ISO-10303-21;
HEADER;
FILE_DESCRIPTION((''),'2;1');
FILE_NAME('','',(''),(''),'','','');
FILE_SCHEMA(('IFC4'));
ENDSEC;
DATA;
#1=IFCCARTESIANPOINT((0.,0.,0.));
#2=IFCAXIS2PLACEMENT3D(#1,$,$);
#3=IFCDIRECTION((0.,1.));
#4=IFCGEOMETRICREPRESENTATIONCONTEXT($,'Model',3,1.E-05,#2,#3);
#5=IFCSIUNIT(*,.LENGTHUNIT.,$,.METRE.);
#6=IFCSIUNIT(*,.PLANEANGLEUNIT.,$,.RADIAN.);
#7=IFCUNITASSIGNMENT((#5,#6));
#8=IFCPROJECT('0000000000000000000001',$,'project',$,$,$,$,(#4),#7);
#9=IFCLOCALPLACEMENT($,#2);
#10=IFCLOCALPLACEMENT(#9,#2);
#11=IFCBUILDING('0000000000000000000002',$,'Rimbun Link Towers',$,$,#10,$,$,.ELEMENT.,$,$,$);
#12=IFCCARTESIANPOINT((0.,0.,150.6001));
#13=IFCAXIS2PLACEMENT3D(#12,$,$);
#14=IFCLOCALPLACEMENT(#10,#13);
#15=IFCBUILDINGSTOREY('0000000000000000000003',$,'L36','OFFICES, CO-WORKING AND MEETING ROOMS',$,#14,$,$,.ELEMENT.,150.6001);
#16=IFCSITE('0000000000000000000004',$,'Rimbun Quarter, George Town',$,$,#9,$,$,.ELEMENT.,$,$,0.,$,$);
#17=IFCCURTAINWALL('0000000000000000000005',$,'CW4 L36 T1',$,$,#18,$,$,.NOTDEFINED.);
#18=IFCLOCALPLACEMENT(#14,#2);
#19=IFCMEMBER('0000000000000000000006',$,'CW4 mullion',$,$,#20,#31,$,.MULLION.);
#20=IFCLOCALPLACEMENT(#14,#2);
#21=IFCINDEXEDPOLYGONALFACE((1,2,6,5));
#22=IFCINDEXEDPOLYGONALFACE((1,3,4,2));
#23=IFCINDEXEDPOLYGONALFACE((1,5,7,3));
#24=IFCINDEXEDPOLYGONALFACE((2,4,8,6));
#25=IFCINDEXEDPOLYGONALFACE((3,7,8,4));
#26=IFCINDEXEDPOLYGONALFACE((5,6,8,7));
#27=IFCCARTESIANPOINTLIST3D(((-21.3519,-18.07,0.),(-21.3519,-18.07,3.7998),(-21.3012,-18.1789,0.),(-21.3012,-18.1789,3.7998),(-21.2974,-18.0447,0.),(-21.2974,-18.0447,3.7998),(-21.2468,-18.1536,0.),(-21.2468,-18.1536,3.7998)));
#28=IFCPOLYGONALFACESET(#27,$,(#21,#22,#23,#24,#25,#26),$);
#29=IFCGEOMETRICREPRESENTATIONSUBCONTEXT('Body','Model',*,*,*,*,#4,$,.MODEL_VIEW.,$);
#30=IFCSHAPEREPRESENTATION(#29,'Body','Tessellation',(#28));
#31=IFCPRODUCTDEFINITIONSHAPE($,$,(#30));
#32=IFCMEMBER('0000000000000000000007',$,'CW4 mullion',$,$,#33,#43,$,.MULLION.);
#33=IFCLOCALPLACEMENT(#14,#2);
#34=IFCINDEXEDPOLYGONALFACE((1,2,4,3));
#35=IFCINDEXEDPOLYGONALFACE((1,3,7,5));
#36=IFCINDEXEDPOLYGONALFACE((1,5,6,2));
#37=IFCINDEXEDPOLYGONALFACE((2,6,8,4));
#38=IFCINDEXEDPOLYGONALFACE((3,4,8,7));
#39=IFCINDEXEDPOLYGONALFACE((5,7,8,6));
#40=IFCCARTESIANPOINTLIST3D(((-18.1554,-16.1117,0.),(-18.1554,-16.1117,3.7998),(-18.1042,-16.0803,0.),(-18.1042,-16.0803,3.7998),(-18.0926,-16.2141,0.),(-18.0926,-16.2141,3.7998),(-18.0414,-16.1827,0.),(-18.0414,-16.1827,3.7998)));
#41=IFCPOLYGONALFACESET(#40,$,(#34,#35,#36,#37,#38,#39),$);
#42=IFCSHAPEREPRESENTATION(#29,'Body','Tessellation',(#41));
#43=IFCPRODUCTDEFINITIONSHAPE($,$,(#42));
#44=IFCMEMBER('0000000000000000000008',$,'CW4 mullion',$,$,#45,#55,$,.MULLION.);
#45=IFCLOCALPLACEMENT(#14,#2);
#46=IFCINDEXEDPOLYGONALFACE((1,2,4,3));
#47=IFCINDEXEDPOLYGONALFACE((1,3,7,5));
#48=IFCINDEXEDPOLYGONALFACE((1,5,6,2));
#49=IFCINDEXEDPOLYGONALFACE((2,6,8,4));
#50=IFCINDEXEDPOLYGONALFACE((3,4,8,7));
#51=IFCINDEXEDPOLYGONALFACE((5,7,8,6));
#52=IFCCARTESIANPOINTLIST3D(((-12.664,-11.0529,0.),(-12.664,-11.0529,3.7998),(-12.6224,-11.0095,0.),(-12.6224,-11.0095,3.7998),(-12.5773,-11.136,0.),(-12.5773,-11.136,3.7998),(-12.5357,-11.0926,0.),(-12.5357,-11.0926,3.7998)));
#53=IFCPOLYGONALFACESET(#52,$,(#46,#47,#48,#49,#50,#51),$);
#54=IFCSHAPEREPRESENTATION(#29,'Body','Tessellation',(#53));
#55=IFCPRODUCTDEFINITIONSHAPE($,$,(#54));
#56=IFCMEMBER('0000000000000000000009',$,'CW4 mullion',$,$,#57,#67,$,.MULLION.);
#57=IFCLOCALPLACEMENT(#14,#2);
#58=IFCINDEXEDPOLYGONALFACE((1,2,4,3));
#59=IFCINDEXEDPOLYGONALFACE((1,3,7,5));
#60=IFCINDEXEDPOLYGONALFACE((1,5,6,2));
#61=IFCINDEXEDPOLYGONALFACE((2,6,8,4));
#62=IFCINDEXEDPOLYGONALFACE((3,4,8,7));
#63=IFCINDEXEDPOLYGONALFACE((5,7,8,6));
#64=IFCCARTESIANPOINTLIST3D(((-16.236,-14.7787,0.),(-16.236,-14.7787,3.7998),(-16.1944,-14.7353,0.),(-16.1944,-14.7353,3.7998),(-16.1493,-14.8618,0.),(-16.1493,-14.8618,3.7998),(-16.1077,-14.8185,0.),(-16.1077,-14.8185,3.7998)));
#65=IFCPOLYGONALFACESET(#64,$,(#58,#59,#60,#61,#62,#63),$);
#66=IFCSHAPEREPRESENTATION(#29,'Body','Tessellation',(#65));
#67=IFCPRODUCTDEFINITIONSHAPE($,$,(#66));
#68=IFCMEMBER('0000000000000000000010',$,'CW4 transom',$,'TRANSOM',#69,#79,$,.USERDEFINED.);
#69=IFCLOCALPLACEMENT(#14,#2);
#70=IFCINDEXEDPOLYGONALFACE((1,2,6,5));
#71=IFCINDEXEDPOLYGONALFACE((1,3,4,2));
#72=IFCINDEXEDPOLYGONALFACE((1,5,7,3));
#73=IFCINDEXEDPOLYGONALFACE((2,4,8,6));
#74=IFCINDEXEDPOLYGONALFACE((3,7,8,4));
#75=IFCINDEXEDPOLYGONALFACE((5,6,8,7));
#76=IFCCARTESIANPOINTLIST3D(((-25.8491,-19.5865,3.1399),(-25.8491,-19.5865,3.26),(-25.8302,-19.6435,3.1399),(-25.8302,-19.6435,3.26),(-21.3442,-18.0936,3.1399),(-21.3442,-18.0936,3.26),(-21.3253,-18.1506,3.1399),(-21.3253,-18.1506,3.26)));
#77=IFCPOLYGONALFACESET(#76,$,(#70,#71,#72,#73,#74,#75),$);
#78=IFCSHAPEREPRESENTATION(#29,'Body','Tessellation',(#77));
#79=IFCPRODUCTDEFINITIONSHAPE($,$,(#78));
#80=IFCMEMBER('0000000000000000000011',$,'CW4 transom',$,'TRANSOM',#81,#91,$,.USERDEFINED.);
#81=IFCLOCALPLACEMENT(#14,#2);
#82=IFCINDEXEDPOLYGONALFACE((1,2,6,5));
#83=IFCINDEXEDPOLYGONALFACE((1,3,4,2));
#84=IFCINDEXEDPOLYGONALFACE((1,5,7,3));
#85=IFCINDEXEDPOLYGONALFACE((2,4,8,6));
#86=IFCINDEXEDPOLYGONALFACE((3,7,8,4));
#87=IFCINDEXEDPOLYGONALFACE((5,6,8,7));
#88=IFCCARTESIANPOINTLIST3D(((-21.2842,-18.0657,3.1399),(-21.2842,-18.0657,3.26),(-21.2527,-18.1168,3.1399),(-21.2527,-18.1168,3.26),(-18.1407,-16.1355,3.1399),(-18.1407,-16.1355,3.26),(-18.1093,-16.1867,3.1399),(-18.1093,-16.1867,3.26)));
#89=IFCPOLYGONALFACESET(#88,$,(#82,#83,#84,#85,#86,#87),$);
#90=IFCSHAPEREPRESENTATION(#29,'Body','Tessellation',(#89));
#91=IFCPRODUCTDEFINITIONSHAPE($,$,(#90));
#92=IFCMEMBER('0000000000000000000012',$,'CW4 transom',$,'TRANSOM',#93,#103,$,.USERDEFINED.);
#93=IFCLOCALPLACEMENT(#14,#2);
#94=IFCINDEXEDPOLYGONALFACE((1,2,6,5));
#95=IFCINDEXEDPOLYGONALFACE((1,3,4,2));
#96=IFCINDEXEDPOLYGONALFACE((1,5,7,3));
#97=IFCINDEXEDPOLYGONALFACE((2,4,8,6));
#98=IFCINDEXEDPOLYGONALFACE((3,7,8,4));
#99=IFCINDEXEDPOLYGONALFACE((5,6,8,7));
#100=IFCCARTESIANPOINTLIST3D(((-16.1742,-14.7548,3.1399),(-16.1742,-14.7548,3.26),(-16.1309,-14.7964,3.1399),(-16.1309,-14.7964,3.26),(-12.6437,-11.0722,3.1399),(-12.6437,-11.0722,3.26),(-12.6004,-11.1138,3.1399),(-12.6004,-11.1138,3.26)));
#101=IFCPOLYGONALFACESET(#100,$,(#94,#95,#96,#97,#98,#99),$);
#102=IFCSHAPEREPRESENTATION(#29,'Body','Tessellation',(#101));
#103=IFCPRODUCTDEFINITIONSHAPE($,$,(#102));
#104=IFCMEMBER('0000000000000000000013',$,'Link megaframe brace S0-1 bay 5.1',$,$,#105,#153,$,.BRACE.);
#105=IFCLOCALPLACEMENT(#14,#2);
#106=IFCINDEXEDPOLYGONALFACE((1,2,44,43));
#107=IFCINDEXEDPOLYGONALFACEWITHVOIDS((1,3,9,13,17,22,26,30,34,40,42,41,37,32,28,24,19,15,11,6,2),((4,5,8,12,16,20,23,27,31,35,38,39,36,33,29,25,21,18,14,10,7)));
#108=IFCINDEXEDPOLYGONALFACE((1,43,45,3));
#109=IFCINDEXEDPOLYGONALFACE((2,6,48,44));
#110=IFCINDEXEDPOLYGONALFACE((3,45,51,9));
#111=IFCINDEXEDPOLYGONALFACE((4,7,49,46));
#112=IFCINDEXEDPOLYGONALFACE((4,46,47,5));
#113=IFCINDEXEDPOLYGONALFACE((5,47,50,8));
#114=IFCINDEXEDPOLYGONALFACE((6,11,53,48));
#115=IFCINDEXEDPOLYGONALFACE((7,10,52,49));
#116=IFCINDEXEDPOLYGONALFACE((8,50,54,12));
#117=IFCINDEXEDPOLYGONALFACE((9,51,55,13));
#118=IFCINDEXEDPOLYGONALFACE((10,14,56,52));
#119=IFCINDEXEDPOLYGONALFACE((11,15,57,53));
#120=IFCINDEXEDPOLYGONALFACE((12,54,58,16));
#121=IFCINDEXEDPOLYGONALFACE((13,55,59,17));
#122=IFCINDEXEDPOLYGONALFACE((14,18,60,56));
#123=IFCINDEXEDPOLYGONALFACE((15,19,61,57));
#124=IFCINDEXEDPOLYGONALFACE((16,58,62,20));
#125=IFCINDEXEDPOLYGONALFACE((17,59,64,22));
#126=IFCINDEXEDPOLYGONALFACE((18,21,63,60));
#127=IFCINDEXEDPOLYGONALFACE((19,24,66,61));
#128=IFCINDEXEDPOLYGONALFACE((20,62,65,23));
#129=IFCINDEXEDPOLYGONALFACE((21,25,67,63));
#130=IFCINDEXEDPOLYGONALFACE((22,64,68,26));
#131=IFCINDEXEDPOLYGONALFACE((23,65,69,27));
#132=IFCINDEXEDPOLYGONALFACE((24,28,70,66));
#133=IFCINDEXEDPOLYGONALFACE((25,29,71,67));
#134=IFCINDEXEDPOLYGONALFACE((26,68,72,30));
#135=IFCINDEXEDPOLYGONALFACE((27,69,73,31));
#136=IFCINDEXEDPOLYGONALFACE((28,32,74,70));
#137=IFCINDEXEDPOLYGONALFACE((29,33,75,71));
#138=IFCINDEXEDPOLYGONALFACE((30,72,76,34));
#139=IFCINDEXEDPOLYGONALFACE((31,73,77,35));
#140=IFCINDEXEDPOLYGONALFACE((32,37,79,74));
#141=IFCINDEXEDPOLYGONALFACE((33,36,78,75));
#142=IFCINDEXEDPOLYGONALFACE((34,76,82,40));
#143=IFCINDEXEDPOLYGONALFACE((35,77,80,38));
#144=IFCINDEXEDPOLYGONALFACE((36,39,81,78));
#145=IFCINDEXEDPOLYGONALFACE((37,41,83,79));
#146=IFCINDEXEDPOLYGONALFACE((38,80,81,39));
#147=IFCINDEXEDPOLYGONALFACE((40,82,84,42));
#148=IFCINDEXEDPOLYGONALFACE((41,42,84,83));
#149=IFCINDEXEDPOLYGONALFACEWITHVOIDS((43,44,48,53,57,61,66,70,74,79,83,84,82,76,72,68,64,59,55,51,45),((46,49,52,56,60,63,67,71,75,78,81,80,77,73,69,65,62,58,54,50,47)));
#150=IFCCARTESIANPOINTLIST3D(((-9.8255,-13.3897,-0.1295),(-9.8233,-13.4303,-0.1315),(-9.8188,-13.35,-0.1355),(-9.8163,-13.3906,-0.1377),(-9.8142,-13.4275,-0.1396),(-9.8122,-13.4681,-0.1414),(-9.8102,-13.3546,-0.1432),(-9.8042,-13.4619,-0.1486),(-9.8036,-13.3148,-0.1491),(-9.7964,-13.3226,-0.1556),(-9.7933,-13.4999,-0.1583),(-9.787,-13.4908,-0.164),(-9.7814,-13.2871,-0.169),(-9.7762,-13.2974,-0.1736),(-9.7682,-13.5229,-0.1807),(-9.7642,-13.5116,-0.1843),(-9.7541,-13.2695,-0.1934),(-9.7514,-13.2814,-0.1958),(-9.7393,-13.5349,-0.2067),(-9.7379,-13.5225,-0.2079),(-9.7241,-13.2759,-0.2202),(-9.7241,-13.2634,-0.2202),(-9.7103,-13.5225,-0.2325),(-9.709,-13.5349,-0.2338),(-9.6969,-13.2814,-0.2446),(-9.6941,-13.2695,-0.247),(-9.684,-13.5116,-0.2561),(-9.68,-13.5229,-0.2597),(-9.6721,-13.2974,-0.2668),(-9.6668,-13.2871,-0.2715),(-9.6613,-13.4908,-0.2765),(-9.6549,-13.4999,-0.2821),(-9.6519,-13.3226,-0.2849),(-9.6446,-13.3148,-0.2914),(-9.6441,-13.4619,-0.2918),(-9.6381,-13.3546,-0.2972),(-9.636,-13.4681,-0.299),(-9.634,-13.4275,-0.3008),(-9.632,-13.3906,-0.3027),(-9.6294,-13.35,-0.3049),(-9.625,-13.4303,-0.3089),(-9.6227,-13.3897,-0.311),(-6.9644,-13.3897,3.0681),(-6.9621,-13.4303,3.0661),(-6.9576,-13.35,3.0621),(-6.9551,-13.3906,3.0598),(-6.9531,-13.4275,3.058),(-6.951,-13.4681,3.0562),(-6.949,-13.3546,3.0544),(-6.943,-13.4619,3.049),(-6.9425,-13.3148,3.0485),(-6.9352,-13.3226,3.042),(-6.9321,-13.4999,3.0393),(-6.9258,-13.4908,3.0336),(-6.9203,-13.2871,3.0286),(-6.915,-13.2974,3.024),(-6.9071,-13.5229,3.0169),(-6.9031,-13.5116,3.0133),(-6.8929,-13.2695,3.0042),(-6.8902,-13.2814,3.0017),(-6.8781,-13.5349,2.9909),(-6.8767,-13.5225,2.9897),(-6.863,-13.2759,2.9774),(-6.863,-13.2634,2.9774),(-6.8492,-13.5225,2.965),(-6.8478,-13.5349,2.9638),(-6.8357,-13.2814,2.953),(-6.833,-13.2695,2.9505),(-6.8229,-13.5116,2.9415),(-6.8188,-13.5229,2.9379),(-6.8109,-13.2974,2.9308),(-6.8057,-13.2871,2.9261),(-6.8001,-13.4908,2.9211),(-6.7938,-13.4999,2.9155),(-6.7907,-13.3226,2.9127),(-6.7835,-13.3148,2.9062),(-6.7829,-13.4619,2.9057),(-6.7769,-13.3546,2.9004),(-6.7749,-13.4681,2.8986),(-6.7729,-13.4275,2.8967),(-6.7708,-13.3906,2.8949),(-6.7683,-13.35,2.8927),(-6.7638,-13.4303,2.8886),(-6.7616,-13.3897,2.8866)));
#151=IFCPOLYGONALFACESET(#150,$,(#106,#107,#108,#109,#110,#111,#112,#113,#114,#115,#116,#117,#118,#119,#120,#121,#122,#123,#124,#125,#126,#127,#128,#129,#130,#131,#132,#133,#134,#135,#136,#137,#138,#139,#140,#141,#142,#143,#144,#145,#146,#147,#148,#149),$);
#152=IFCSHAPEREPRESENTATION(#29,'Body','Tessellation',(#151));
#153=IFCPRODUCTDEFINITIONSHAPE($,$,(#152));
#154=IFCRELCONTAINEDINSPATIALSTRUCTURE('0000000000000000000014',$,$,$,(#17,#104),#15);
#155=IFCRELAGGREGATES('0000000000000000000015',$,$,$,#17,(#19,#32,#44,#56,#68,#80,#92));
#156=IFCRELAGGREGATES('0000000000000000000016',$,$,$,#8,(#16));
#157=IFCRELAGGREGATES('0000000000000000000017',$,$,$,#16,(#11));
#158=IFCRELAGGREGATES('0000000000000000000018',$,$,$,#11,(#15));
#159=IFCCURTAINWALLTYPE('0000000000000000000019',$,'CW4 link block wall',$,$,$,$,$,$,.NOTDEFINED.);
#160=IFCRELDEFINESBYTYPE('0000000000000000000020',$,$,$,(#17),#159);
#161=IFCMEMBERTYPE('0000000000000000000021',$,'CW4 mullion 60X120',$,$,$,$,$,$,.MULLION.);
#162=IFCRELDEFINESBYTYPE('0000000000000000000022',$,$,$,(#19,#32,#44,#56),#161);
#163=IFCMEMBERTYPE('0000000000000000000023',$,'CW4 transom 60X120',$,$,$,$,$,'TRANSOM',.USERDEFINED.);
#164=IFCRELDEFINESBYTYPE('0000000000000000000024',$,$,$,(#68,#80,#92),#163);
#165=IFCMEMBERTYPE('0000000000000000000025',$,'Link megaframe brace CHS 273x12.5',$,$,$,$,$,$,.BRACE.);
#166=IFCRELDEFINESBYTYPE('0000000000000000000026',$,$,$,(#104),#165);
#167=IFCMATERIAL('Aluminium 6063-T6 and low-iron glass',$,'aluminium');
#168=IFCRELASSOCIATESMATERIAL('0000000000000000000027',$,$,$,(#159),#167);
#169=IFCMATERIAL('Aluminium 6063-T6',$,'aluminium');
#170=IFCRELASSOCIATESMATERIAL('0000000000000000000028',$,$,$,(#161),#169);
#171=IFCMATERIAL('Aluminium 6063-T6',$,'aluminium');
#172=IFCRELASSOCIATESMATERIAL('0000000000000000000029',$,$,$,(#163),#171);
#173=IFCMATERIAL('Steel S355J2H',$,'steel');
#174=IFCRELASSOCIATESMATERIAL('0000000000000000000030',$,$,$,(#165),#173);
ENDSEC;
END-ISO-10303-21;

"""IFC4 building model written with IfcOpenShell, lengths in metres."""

from ifc_helpers import new_model, si_unit, direction, frame, origin, origin_2d, place, context, subcontext, project, spatial, rectangle, hollow_circle, extrude, material, material_profile, profile_set, type_object, element, aggregate, save


model = new_model("IFC4")

# Units and contexts
model_context = context("Model", 3, precision=1e-05, world=origin(), true_north=direction((0.0, 1.0)))
body_context = subcontext(model_context, "Body", "Model", "MODEL_VIEW")
ifc_project = project(units=[si_unit("LENGTHUNIT", "METRE"), si_unit("PLANEANGLEUNIT", "RADIAN")], contexts=[model_context])

# Site, building, storey
site_placement = place(None, origin())
site = spatial("IfcSite", under=ifc_project, at=site_placement, Name="Rimbun Quarter, George Town", CompositionType="ELEMENT", RefElevation=0.0)
building_placement = place(site_placement, origin())
building = spatial("IfcBuilding", under=site, at=building_placement, Name="Rimbun Link Towers", CompositionType="ELEMENT")
storey_placement = place(building_placement, frame((0.0, 0.0, 150.6001)))
storey = spatial("IfcBuildingStorey", under=building, at=storey_placement, Name="L36", Description="OFFICES, CO-WORKING AND MEETING ROOMS", CompositionType="ELEMENT", Elevation=150.6001)

# Curtain wall, members
ifc_material_1 = material(Name="Aluminium 6063-T6 and low-iron glass", Category="aluminium")
curtain_wall_type = type_object("IfcCurtainWallType", Name="CW4 link block wall", PredefinedType="NOTDEFINED", material=ifc_material_1)
curtain_wall_placement = place(storey_placement, origin())
curtain_wall = element("IfcCurtainWall", 1, at=curtain_wall_placement, inside=storey, type_object=curtain_wall_type, Name="CW4 L36 T1", PredefinedType="NOTDEFINED")
ifc_material_2 = material(Name="Aluminium 6063-T6", Category="aluminium")
ifc_material_profile_1 = material_profile(ifc_material_2, rectangle(XDim=0.1201, YDim=0.0601, at=origin_2d()), Name="MULLION 60X120")
ifc_profile_set_1 = profile_set([ifc_material_profile_1], Name="Aluminium 6063-T6")
member_type_1 = type_object("IfcMemberType", Name="CW4 mullion 60X120", PredefinedType="MULLION", material=ifc_profile_set_1)
member_1_placement = place(storey_placement, frame((-21.2993, -18.1118, 0.0), z_axis=(0.0, 0.0, 1.0), x_axis=(0.421697, -0.906737, 0.0)))
member_1 = element("IfcMember", 2, at=member_1_placement, type_object=member_type_1, Name="CW4 mullion", PredefinedType="MULLION", context=body_context, shape_type="SweptSolid", body=[
    extrude(rectangle(XDim=0.1201, YDim=0.0601, at=origin_2d()), origin(), (0.0, 0.0, 1.0), 3.7998),
])
member_2_placement = place(storey_placement, frame((-18.0984, -16.1472, 0.0), z_axis=(0.0, 0.0, 1.0), x_axis=(0.523225, -0.852194, 0.0)))
member_2 = element("IfcMember", 3, at=member_2_placement, type_object=member_type_1, Name="CW4 mullion", PredefinedType="MULLION", context=body_context, shape_type="SweptSolid", body=[
    extrude(rectangle(XDim=0.1201, YDim=0.0601, at=origin_2d()), origin(), (0.0, 0.0, 1.0), 3.7998),
])
member_3_placement = place(storey_placement, frame((-12.5999, -11.0728, 0.0), z_axis=(0.0, 0.0, 1.0), x_axis=(0.721858, -0.692041, 0.0)))
member_3 = element("IfcMember", 4, at=member_3_placement, type_object=member_type_1, Name="CW4 mullion", PredefinedType="MULLION", context=body_context, shape_type="SweptSolid", body=[
    extrude(rectangle(XDim=0.1201, YDim=0.0601, at=origin_2d()), origin(), (0.0, 0.0, 1.0), 3.7998),
])
member_4_placement = place(storey_placement, frame((-16.1719, -14.7986, 0.0), z_axis=(0.0, 0.0, 1.0), x_axis=(0.721858, -0.692041, 0.0)))
member_4 = element("IfcMember", 5, at=member_4_placement, type_object=member_type_1, Name="CW4 mullion", PredefinedType="MULLION", context=body_context, shape_type="SweptSolid", body=[
    extrude(rectangle(XDim=0.1201, YDim=0.0601, at=origin_2d()), origin(), (0.0, 0.0, 1.0), 3.7998),
])
ifc_material_3 = material(Name="Aluminium 6063-T6", Category="aluminium")
ifc_material_profile_2 = material_profile(ifc_material_3, rectangle(XDim=0.0601, YDim=0.1201, at=origin_2d()), Name="TRANSOM 60X120")
ifc_profile_set_2 = profile_set([ifc_material_profile_2], Name="Aluminium 6063-T6")
member_type_2 = type_object("IfcMemberType", Name="CW4 transom 60X120", ElementType="TRANSOM", PredefinedType="USERDEFINED", material=ifc_profile_set_2)
member_5_placement = place(storey_placement, frame((-21.3347, -18.1221, 3.2), z_axis=(-0.949232, -0.314576, 0.0), x_axis=(0.314576, -0.949232, 0.0)))
member_5 = element("IfcMember", 6, at=member_5_placement, type_object=member_type_2, Name="CW4 transom", ObjectType="TRANSOM", PredefinedType="USERDEFINED", context=body_context, shape_type="SweptSolid", body=[
    extrude(rectangle(XDim=0.0601, YDim=0.1201, at=origin_2d()), origin(), (0.0, 0.0, 1.0), 4.7458),
])
member_6_placement = place(storey_placement, frame((-18.125, -16.1611, 3.2), z_axis=(-0.852181, -0.523248, 0.0), x_axis=(0.523248, -0.852181, 0.0)))
member_6 = element("IfcMember", 7, at=member_6_placement, type_object=member_type_2, Name="CW4 transom", ObjectType="TRANSOM", PredefinedType="USERDEFINED", context=body_context, shape_type="SweptSolid", body=[
    extrude(rectangle(XDim=0.0601, YDim=0.1201, at=origin_2d()), origin(), (0.0, 0.0, 1.0), 3.6887),
])
member_7_placement = place(storey_placement, frame((-12.6221, -11.093, 3.2), z_axis=(-0.692043, -0.721857, 0.0), x_axis=(0.721857, -0.692043, 0.0)))
member_7 = element("IfcMember", 8, at=member_7_placement, type_object=member_type_2, Name="CW4 transom", ObjectType="TRANSOM", PredefinedType="USERDEFINED", context=body_context, shape_type="SweptSolid", body=[
    extrude(rectangle(XDim=0.0601, YDim=0.1201, at=origin_2d()), origin(), (0.0, 0.0, 1.0), 5.1016),
])

# Member
ifc_material_4 = material(Name="Steel S355J2H", Category="steel")
ifc_material_profile_3 = material_profile(ifc_material_4, hollow_circle(Radius=0.1365, WallThickness=0.0125, at=origin_2d()), Name="CHS 273x12.5")
ifc_profile_set_3 = profile_set([ifc_material_profile_3], Name="Steel S355J2H")
member_type_3 = type_object("IfcMemberType", Name="Link megaframe brace CHS 273x12.5", PredefinedType="BRACE", material=ifc_profile_set_3)
member_8_placement = place(storey_placement, frame((-9.7241, -13.3999, -0.2202), z_axis=(0.666815, 0.0, 0.745223), x_axis=(0.0, 1.0, 0.0)))
element("IfcMember", 9, at=member_8_placement, inside=storey, type_object=member_type_3, Name="Link megaframe brace S0-1 bay 5.1", PredefinedType="BRACE", context=body_context, shape_type="SweptSolid", body=[
    extrude(hollow_circle(Radius=0.1365, WallThickness=0.0125, at=origin_2d()), origin(), (0.0, 0.0, 1.0), 4.2908),
])

aggregate(curtain_wall, [member_1, member_2, member_3, member_4, member_5, member_6, member_7])

save(model, "model.ifc")
